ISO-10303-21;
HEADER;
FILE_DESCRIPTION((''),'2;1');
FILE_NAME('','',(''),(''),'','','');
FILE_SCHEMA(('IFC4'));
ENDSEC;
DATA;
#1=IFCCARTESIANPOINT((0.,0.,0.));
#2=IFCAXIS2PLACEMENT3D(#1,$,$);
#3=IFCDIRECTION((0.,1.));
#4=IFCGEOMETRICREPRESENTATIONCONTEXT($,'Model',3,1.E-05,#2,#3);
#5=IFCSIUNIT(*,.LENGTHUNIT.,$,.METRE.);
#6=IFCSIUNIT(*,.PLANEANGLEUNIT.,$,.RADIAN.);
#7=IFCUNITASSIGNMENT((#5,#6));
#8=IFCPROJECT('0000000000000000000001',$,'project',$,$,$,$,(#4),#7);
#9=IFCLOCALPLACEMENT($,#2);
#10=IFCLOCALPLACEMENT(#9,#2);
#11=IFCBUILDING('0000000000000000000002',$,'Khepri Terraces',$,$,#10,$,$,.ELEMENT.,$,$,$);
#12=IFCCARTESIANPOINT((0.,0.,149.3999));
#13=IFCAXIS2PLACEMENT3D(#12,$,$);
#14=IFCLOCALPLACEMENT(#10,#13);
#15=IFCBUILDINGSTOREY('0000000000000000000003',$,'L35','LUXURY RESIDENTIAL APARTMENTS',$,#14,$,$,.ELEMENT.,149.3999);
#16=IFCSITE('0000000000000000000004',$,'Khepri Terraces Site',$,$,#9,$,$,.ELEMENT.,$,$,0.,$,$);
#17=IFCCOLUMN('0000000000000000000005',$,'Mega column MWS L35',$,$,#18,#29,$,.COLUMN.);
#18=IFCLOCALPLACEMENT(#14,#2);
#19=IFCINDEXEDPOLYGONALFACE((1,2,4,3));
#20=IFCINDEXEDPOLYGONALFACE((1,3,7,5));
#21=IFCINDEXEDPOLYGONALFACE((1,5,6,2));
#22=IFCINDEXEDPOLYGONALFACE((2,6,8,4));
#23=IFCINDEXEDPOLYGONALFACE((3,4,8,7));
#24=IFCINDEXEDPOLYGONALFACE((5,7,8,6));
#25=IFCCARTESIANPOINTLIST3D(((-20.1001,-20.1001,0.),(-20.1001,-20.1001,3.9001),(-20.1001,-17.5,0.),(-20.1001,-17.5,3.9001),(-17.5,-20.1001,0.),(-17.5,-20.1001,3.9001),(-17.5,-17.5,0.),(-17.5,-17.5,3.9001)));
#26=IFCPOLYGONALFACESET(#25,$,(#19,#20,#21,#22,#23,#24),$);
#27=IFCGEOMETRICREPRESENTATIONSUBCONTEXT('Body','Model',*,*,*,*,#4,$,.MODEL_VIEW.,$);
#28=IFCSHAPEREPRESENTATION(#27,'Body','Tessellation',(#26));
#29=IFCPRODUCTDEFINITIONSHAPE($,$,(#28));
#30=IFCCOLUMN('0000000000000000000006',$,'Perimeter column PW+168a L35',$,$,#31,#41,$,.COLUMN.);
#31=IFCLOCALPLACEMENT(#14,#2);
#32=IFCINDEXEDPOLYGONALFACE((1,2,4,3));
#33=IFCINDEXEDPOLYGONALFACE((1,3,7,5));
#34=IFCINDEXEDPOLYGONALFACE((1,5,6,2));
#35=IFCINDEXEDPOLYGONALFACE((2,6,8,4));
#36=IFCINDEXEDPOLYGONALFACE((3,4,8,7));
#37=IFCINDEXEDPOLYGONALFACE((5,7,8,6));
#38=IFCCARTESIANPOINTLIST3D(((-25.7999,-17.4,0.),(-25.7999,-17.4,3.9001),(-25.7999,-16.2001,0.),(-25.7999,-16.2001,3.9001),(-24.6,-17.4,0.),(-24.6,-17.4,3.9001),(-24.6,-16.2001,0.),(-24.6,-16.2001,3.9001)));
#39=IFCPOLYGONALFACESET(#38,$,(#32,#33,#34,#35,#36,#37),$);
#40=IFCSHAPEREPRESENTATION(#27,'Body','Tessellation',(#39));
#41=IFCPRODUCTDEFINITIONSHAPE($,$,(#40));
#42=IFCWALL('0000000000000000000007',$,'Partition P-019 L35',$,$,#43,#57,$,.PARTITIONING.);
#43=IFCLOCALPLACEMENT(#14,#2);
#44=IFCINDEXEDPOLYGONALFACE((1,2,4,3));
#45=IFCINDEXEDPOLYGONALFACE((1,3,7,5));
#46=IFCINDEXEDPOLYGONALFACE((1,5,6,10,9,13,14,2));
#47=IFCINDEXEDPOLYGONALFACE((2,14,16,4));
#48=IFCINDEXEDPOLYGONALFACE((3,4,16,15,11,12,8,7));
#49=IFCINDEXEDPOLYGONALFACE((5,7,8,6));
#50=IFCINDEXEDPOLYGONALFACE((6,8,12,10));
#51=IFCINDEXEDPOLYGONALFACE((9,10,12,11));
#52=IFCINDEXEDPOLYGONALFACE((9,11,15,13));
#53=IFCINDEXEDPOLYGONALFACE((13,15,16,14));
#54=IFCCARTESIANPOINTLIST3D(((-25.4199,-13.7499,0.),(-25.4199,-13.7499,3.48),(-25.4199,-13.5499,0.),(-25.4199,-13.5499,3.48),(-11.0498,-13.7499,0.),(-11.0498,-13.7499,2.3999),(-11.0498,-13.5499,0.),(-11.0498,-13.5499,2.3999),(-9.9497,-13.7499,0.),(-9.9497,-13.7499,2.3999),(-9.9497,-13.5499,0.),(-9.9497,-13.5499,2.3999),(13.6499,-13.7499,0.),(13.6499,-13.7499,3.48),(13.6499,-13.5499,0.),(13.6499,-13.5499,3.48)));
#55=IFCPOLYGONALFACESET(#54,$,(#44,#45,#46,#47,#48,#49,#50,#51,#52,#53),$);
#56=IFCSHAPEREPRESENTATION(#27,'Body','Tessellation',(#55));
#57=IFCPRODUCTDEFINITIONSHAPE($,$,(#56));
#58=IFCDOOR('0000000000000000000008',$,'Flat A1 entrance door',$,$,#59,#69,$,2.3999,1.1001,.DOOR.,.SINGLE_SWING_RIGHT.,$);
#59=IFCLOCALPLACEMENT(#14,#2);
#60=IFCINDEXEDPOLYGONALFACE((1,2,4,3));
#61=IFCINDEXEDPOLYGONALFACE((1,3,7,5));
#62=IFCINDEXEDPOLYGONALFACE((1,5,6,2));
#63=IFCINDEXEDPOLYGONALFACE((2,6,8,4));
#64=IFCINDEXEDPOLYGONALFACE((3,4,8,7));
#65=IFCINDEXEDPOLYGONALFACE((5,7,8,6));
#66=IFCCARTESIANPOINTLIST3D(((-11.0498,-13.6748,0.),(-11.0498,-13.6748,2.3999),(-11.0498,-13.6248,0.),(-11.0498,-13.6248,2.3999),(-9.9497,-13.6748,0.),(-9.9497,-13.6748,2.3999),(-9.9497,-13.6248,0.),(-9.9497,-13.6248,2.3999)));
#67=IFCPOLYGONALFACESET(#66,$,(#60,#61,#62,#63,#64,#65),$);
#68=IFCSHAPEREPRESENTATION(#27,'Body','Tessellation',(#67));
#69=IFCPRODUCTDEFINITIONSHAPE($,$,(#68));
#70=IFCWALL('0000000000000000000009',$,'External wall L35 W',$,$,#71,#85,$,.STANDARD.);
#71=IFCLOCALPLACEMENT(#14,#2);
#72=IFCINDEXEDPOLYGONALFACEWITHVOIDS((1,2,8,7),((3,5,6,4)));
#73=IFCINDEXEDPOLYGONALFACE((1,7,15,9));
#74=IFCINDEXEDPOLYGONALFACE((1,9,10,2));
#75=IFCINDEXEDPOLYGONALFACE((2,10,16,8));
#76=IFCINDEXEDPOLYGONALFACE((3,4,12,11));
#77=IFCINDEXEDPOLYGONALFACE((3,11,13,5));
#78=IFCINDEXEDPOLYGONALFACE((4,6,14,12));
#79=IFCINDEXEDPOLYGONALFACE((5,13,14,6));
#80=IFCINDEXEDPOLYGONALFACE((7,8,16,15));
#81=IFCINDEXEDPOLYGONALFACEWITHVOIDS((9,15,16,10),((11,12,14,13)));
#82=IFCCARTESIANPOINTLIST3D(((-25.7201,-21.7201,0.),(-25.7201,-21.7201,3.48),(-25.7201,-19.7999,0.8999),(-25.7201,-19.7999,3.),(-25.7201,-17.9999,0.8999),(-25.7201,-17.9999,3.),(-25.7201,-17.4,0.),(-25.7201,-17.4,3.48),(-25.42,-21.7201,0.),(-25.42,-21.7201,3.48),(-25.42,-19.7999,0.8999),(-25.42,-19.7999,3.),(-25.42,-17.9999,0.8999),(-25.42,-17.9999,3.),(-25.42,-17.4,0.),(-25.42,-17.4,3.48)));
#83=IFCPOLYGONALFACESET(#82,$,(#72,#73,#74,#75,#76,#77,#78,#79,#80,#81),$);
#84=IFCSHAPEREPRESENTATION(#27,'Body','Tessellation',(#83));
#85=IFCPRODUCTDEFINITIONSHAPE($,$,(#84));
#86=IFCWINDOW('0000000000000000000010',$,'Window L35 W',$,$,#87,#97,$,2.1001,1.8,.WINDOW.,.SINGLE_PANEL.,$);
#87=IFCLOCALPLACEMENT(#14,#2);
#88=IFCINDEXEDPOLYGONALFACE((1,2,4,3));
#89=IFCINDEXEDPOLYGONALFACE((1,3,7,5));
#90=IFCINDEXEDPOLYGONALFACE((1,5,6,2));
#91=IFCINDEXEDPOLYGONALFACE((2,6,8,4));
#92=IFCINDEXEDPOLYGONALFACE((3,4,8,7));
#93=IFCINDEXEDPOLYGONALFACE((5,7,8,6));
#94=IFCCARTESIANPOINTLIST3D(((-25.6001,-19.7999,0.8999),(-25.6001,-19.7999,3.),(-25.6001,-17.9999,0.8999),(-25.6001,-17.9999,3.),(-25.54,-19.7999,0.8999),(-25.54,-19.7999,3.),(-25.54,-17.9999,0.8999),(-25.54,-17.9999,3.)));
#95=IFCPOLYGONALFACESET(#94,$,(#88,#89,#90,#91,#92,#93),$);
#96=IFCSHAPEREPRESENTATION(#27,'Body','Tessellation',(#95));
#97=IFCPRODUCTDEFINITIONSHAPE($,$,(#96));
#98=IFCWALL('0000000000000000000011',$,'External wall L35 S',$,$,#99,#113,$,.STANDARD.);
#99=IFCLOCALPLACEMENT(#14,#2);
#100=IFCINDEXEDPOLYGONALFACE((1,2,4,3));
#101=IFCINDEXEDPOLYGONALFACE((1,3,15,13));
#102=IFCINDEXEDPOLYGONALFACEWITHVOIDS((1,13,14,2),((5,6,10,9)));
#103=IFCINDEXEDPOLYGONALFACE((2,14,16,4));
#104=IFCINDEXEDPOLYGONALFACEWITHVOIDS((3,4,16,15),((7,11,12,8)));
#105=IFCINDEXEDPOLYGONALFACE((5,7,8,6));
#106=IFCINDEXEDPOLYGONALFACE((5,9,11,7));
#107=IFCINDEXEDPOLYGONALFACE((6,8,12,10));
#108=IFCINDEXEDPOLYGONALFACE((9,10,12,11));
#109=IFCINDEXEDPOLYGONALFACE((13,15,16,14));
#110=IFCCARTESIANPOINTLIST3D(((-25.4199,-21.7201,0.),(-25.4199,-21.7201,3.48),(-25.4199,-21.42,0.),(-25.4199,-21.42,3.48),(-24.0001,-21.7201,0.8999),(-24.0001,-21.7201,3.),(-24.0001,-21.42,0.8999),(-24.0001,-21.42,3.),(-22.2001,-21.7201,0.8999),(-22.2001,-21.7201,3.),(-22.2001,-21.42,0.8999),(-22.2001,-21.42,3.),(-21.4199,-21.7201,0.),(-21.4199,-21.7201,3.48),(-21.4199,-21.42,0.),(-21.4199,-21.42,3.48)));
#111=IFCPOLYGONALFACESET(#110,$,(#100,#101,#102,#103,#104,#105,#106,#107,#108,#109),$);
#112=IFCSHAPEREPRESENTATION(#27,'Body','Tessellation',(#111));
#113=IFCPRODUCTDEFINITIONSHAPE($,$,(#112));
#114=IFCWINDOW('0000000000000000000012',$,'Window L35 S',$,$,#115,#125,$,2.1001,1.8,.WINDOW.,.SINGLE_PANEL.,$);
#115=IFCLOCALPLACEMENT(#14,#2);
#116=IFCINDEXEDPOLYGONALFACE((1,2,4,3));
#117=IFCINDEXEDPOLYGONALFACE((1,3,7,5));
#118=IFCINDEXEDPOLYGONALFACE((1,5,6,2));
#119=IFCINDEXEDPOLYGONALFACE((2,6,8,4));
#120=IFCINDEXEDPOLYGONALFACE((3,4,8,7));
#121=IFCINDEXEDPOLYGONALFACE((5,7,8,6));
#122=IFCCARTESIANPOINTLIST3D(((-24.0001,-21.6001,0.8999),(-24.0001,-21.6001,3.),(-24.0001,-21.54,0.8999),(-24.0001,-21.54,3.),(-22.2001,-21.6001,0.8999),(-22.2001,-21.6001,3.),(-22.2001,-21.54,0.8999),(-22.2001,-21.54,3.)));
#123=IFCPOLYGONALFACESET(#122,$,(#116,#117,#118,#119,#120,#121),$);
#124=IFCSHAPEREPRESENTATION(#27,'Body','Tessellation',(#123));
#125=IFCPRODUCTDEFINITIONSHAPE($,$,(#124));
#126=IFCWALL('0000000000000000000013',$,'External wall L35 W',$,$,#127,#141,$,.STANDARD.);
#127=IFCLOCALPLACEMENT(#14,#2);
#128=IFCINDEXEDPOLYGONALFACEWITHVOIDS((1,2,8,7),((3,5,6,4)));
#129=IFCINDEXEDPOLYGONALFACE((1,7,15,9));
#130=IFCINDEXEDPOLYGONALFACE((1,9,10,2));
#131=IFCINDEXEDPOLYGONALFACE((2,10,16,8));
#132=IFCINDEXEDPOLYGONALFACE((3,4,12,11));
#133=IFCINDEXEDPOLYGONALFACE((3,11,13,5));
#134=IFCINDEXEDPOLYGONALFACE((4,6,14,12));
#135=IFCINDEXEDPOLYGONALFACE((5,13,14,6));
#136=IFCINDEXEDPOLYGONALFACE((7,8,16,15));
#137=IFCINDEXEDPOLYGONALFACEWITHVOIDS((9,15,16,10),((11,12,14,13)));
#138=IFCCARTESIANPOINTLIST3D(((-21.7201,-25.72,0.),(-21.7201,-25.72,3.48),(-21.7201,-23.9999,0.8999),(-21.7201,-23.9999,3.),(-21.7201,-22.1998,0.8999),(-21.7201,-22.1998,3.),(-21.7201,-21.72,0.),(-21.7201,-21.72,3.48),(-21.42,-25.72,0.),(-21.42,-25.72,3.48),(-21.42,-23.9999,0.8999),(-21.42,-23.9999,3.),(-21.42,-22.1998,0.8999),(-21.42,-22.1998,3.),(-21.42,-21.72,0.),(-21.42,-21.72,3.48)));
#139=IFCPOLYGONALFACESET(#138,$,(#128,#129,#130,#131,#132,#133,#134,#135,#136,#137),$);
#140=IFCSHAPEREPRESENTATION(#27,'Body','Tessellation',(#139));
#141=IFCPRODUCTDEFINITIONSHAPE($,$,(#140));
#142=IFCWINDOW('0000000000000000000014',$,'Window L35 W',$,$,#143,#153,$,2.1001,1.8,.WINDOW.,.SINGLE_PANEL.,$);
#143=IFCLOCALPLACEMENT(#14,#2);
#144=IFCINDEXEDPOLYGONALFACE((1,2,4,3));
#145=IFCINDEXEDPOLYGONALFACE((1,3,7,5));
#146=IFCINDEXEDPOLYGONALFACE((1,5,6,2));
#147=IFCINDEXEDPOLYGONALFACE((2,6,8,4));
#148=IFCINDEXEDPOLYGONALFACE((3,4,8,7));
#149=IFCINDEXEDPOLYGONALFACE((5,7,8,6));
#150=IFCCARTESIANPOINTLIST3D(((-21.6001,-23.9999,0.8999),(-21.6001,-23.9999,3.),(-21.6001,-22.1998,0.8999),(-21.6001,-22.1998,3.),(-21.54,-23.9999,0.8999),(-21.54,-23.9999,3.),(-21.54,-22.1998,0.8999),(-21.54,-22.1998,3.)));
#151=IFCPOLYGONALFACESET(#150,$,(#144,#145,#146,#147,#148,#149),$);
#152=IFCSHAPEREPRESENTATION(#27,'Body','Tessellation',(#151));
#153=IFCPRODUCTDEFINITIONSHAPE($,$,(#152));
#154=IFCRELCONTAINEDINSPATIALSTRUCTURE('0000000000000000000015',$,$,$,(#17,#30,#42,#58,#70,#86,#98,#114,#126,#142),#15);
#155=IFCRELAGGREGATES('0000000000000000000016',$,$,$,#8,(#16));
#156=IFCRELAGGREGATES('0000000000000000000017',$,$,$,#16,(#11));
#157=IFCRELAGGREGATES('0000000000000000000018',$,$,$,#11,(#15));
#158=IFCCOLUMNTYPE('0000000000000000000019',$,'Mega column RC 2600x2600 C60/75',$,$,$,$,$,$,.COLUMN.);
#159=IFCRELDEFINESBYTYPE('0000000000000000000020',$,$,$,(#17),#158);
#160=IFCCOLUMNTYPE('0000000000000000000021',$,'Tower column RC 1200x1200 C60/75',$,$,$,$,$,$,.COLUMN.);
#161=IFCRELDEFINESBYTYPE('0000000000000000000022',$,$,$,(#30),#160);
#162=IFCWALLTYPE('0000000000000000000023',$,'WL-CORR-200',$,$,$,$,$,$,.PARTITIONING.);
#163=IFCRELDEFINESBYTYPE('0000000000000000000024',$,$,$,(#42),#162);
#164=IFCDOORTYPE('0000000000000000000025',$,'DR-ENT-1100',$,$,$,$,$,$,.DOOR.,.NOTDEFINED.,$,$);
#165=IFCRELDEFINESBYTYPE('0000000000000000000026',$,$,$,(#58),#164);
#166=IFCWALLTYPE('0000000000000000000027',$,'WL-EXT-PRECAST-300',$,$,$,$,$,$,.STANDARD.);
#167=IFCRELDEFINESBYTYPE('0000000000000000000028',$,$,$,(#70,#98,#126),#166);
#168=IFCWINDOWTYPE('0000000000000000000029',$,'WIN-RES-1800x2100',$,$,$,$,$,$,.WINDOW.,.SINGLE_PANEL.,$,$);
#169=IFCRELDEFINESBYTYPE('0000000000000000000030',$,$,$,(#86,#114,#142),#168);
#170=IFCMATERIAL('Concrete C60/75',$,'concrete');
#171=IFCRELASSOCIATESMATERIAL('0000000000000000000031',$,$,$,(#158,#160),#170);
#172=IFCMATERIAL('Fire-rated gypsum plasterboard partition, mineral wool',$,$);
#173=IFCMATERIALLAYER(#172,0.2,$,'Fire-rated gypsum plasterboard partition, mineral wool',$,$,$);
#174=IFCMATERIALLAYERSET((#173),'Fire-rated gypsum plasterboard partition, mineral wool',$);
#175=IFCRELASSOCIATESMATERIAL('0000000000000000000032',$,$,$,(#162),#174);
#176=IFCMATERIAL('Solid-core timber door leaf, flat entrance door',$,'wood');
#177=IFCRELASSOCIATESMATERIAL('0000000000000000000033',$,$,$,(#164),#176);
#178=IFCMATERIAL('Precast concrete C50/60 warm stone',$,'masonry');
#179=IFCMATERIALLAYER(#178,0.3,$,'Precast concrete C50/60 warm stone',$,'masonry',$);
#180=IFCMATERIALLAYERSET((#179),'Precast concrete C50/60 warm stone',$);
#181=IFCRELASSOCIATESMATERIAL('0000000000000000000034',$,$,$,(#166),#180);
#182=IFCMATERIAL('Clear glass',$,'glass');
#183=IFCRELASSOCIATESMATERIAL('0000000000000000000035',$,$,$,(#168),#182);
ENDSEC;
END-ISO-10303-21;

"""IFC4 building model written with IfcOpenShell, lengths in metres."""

from ifc_helpers import new_model, si_unit, direction, frame, frame_2d, origin, origin_2d, place, context, subcontext, project, spatial, rectangle, extrude, material, layer, layer_set, material_profile, profile_set, type_object, element, fill, save


model = new_model("IFC4")

# Units and contexts
model_context = context("Model", 3, precision=1e-05, world=origin(), true_north=direction((0.0, 1.0)))
body_context = subcontext(model_context, "Body", "Model", "MODEL_VIEW")
ifc_project = project(units=[si_unit("LENGTHUNIT", "METRE"), si_unit("PLANEANGLEUNIT", "RADIAN")], contexts=[model_context])

# Site, building, storey
site_placement = place(None, origin())
site = spatial("IfcSite", under=ifc_project, at=site_placement, Name="Khepri Terraces Site", CompositionType="ELEMENT", RefElevation=0.0)
building_placement = place(site_placement, origin())
building = spatial("IfcBuilding", under=site, at=building_placement, Name="Khepri Terraces", CompositionType="ELEMENT")
storey_placement = place(building_placement, frame((0.0, 0.0, 149.3999)))
storey = spatial("IfcBuildingStorey", under=building, at=storey_placement, Name="L35", Description="LUXURY RESIDENTIAL APARTMENTS", CompositionType="ELEMENT", Elevation=149.3999)

# Columns
ifc_material_1 = material(Name="Concrete C60/75", Category="concrete")
ifc_material_profile_1 = material_profile(ifc_material_1, rectangle(XDim=2.6001, YDim=2.6001, at=origin_2d()), Name="Concrete C60/75", Category="concrete")
ifc_profile_set_1 = profile_set([ifc_material_profile_1], Name="Concrete C60/75")
column_type_1 = type_object("IfcColumnType", Name="Mega column RC 2600x2600 C60/75", PredefinedType="COLUMN", material=ifc_profile_set_1)
column_1_placement = place(storey_placement, frame((-18.8, -18.8, 0.0), z_axis=(0.0, 0.0, 1.0), x_axis=(1.0, 0.0, 0.0)))
element("IfcColumn", 1, at=column_1_placement, inside=storey, type_object=column_type_1, Name="Mega column MWS L35", PredefinedType="COLUMN", context=body_context, shape_type="SweptSolid", body=[
    extrude(rectangle(XDim=2.6001, YDim=2.6001, at=origin_2d()), origin(), (0.0, 0.0, 1.0), 3.9001),
])
ifc_material_profile_2 = material_profile(ifc_material_1, rectangle(XDim=1.2, YDim=1.2, at=origin_2d()), Name="Concrete C60/75", Category="concrete")
ifc_profile_set_2 = profile_set([ifc_material_profile_2], Name="Concrete C60/75")
column_type_2 = type_object("IfcColumnType", Name="Tower column RC 1200x1200 C60/75", PredefinedType="COLUMN", material=ifc_profile_set_2)
column_2_placement = place(storey_placement, frame((-25.2, -16.8, 0.0), z_axis=(0.0, 0.0, 1.0), x_axis=(1.0, 0.0, 0.0)))
element("IfcColumn", 2, at=column_2_placement, inside=storey, type_object=column_type_2, Name="Perimeter column PW+168a L35", PredefinedType="COLUMN", context=body_context, shape_type="SweptSolid", body=[
    extrude(rectangle(XDim=1.2, YDim=1.2, at=origin_2d()), origin(), (0.0, 0.0, 1.0), 3.9001),
])

# Wall, opening, door
ifc_material_2 = material(Name="Fire-rated gypsum plasterboard partition, mineral wool")
ifc_layer_1 = layer(ifc_material_2, 0.2, Name="Fire-rated gypsum plasterboard partition, mineral wool")
ifc_layer_set_1 = layer_set([ifc_layer_1], Name="Fire-rated gypsum plasterboard partition, mineral wool")
wall_type_1 = type_object("IfcWallType", Name="WL-CORR-200", PredefinedType="PARTITIONING", material=ifc_layer_set_1)
wall_1_placement = place(storey_placement, frame((-25.4199, -13.6499, 0.0), z_axis=(0.0, 0.0, 1.0), x_axis=(1.0, 0.0, 0.0)))
wall_1 = element("IfcWall", 3, at=wall_1_placement, inside=storey, type_object=wall_type_1, Name="Partition P-019 L35", PredefinedType="PARTITIONING", context=body_context, shape_type="SweptSolid", body=[
    extrude(rectangle(XDim=39.0698, YDim=0.2, at=frame_2d((19.5349, 0.0))), origin(), (0.0, 0.0, 1.0), 3.48),
])
opening_1_placement = place(wall_1_placement, frame((14.3701, 0.0, 0.0)))
opening_1 = element("IfcOpeningElement", 4, at=opening_1_placement, cuts=wall_1, PredefinedType="OPENING", context=body_context, shape_type="SweptSolid", body=[
    extrude(rectangle(XDim=1.1001, YDim=2.3999, at=frame_2d((0.55, 1.2))), frame((0.0, 0.1099, 0.0), z_axis=(0.0, -1.0, 0.0), x_axis=(1.0, 0.0, 0.0)), (0.0, 0.0, 1.0), 0.22),
])
ifc_material_3 = material(Name="Solid-core timber door leaf, flat entrance door", Category="wood")
door_type_1 = type_object("IfcDoorType", Name="DR-ENT-1100", OperationType="NOTDEFINED", PredefinedType="DOOR", material=ifc_material_3)
door_1_placement = place(opening_1_placement, frame((1.1001, 0.0, 0.0), z_axis=(0.0, 0.0, 1.0), x_axis=(-1.0, 0.0, 0.0)))
door_1 = element("IfcDoor", 5, at=door_1_placement, inside=storey, type_object=door_type_1, Name="Flat A1 entrance door", OperationType="SINGLE_SWING_RIGHT", OverallHeight=2.3999, OverallWidth=1.1001, PredefinedType="DOOR", context=body_context, shape_type="SweptSolid", body=[
    extrude(rectangle(XDim=1.1001, YDim=2.3999, at=frame_2d((0.55, 1.2))), frame((0.0, 0.0249, 0.0), z_axis=(0.0, -1.0, 0.0), x_axis=(1.0, 0.0, 0.0)), (0.0, 0.0, 1.0), 0.05),
])
fill(opening_1, door_1)

# Walls, openings, windows
ifc_material_4 = material(Name="Precast concrete C50/60 warm stone", Category="masonry")
ifc_layer_2 = layer(ifc_material_4, 0.3, Name="Precast concrete C50/60 warm stone", Category="masonry")
ifc_layer_set_2 = layer_set([ifc_layer_2], Name="Precast concrete C50/60 warm stone")
wall_type_2 = type_object("IfcWallType", Name="WL-EXT-PRECAST-300", PredefinedType="STANDARD", material=ifc_layer_set_2)
wall_2_placement = place(storey_placement, frame((-25.5701, -17.3999, 0.0), z_axis=(0.0, 0.0, 1.0), x_axis=(0.0, -1.0, 0.0)))
wall_2 = element("IfcWall", 6, at=wall_2_placement, inside=storey, type_object=wall_type_2, Name="External wall L35 W", PredefinedType="STANDARD", context=body_context, shape_type="SweptSolid", body=[
    extrude(rectangle(XDim=4.3201, YDim=0.3, at=frame_2d((2.1602, 0.0))), origin(), (0.0, 0.0, 1.0), 3.48),
])
opening_2_placement = place(wall_2_placement, frame((0.6001, 0.0, 0.8999)))
opening_2 = element("IfcOpeningElement", 7, at=opening_2_placement, cuts=wall_2, PredefinedType="OPENING", context=body_context, shape_type="SweptSolid", body=[
    extrude(rectangle(XDim=1.8, YDim=2.1001, at=frame_2d((0.8999, 1.05))), frame((0.0, 0.1602, 0.0), z_axis=(0.0, -1.0, 0.0), x_axis=(1.0, 0.0, 0.0)), (0.0, 0.0, 1.0), 0.3201),
])
ifc_material_5 = material(Name="Clear glass", Category="glass")
window_type = type_object("IfcWindowType", Name="WIN-RES-1800x2100", PartitioningType="SINGLE_PANEL", PredefinedType="WINDOW", material=ifc_material_5)
window_1_placement = place(opening_2_placement, origin())
window_1 = element("IfcWindow", 8, at=window_1_placement, inside=storey, type_object=window_type, Name="Window L35 W", OverallHeight=2.1001, OverallWidth=1.8, PartitioningType="SINGLE_PANEL", PredefinedType="WINDOW", context=body_context, shape_type="SweptSolid", body=[
    extrude(rectangle(XDim=1.8, YDim=2.1001, at=frame_2d((0.8999, 1.05))), frame((0.0, 0.03, 0.0), z_axis=(0.0, -1.0, 0.0), x_axis=(1.0, 0.0, 0.0)), (0.0, 0.0, 1.0), 0.0601),
])
fill(opening_2, window_1)
wall_3_placement = place(storey_placement, frame((-25.4199, -21.5701, 0.0), z_axis=(0.0, 0.0, 1.0), x_axis=(1.0, 0.0, 0.0)))
wall_3 = element("IfcWall", 9, at=wall_3_placement, inside=storey, type_object=wall_type_2, Name="External wall L35 S", PredefinedType="STANDARD", context=body_context, shape_type="SweptSolid", body=[
    extrude(rectangle(XDim=4.0, YDim=0.3, at=frame_2d((2.0, 0.0))), origin(), (0.0, 0.0, 1.0), 3.48),
])
opening_3_placement = place(wall_3_placement, frame((1.4199, 0.0, 0.8999)))
opening_3 = element("IfcOpeningElement", 10, at=opening_3_placement, cuts=wall_3, PredefinedType="OPENING", context=body_context, shape_type="SweptSolid", body=[
    extrude(rectangle(XDim=1.8, YDim=2.1001, at=frame_2d((0.8999, 1.05))), frame((0.0, 0.1602, 0.0), z_axis=(0.0, -1.0, 0.0), x_axis=(1.0, 0.0, 0.0)), (0.0, 0.0, 1.0), 0.3201),
])
window_2_placement = place(opening_3_placement, origin())
window_2 = element("IfcWindow", 11, at=window_2_placement, inside=storey, type_object=window_type, Name="Window L35 S", OverallHeight=2.1001, OverallWidth=1.8, PartitioningType="SINGLE_PANEL", PredefinedType="WINDOW", context=body_context, shape_type="SweptSolid", body=[
    extrude(rectangle(XDim=1.8, YDim=2.1001, at=frame_2d((0.8999, 1.05))), frame((0.0, 0.03, 0.0), z_axis=(0.0, -1.0, 0.0), x_axis=(1.0, 0.0, 0.0)), (0.0, 0.0, 1.0), 0.0601),
])
fill(opening_3, window_2)
wall_4_placement = place(storey_placement, frame((-21.5701, -21.72, 0.0), z_axis=(0.0, 0.0, 1.0), x_axis=(0.0, -1.0, 0.0)))
wall_4 = element("IfcWall", 12, at=wall_4_placement, inside=storey, type_object=wall_type_2, Name="External wall L35 W", PredefinedType="STANDARD", context=body_context, shape_type="SweptSolid", body=[
    extrude(rectangle(XDim=4.0, YDim=0.3, at=frame_2d((2.0, 0.0))), origin(), (0.0, 0.0, 1.0), 3.48),
])
opening_4_placement = place(wall_4_placement, frame((0.48, 0.0, 0.8999)))
opening_4 = element("IfcOpeningElement", 13, at=opening_4_placement, cuts=wall_4, PredefinedType="OPENING", context=body_context, shape_type="SweptSolid", body=[
    extrude(rectangle(XDim=1.8, YDim=2.1001, at=frame_2d((0.8999, 1.05))), frame((0.0, 0.1602, 0.0), z_axis=(0.0, -1.0, 0.0), x_axis=(1.0, 0.0, 0.0)), (0.0, 0.0, 1.0), 0.3201),
])
window_3_placement = place(opening_4_placement, origin())
window_3 = element("IfcWindow", 14, at=window_3_placement, inside=storey, type_object=window_type, Name="Window L35 W", OverallHeight=2.1001, OverallWidth=1.8, PartitioningType="SINGLE_PANEL", PredefinedType="WINDOW", context=body_context, shape_type="SweptSolid", body=[
    extrude(rectangle(XDim=1.8, YDim=2.1001, at=frame_2d((0.8999, 1.05))), frame((0.0, 0.03, 0.0), z_axis=(0.0, -1.0, 0.0), x_axis=(1.0, 0.0, 0.0)), (0.0, 0.0, 1.0), 0.0601),
])
fill(opening_4, window_3)

save(model, "model.ifc")
